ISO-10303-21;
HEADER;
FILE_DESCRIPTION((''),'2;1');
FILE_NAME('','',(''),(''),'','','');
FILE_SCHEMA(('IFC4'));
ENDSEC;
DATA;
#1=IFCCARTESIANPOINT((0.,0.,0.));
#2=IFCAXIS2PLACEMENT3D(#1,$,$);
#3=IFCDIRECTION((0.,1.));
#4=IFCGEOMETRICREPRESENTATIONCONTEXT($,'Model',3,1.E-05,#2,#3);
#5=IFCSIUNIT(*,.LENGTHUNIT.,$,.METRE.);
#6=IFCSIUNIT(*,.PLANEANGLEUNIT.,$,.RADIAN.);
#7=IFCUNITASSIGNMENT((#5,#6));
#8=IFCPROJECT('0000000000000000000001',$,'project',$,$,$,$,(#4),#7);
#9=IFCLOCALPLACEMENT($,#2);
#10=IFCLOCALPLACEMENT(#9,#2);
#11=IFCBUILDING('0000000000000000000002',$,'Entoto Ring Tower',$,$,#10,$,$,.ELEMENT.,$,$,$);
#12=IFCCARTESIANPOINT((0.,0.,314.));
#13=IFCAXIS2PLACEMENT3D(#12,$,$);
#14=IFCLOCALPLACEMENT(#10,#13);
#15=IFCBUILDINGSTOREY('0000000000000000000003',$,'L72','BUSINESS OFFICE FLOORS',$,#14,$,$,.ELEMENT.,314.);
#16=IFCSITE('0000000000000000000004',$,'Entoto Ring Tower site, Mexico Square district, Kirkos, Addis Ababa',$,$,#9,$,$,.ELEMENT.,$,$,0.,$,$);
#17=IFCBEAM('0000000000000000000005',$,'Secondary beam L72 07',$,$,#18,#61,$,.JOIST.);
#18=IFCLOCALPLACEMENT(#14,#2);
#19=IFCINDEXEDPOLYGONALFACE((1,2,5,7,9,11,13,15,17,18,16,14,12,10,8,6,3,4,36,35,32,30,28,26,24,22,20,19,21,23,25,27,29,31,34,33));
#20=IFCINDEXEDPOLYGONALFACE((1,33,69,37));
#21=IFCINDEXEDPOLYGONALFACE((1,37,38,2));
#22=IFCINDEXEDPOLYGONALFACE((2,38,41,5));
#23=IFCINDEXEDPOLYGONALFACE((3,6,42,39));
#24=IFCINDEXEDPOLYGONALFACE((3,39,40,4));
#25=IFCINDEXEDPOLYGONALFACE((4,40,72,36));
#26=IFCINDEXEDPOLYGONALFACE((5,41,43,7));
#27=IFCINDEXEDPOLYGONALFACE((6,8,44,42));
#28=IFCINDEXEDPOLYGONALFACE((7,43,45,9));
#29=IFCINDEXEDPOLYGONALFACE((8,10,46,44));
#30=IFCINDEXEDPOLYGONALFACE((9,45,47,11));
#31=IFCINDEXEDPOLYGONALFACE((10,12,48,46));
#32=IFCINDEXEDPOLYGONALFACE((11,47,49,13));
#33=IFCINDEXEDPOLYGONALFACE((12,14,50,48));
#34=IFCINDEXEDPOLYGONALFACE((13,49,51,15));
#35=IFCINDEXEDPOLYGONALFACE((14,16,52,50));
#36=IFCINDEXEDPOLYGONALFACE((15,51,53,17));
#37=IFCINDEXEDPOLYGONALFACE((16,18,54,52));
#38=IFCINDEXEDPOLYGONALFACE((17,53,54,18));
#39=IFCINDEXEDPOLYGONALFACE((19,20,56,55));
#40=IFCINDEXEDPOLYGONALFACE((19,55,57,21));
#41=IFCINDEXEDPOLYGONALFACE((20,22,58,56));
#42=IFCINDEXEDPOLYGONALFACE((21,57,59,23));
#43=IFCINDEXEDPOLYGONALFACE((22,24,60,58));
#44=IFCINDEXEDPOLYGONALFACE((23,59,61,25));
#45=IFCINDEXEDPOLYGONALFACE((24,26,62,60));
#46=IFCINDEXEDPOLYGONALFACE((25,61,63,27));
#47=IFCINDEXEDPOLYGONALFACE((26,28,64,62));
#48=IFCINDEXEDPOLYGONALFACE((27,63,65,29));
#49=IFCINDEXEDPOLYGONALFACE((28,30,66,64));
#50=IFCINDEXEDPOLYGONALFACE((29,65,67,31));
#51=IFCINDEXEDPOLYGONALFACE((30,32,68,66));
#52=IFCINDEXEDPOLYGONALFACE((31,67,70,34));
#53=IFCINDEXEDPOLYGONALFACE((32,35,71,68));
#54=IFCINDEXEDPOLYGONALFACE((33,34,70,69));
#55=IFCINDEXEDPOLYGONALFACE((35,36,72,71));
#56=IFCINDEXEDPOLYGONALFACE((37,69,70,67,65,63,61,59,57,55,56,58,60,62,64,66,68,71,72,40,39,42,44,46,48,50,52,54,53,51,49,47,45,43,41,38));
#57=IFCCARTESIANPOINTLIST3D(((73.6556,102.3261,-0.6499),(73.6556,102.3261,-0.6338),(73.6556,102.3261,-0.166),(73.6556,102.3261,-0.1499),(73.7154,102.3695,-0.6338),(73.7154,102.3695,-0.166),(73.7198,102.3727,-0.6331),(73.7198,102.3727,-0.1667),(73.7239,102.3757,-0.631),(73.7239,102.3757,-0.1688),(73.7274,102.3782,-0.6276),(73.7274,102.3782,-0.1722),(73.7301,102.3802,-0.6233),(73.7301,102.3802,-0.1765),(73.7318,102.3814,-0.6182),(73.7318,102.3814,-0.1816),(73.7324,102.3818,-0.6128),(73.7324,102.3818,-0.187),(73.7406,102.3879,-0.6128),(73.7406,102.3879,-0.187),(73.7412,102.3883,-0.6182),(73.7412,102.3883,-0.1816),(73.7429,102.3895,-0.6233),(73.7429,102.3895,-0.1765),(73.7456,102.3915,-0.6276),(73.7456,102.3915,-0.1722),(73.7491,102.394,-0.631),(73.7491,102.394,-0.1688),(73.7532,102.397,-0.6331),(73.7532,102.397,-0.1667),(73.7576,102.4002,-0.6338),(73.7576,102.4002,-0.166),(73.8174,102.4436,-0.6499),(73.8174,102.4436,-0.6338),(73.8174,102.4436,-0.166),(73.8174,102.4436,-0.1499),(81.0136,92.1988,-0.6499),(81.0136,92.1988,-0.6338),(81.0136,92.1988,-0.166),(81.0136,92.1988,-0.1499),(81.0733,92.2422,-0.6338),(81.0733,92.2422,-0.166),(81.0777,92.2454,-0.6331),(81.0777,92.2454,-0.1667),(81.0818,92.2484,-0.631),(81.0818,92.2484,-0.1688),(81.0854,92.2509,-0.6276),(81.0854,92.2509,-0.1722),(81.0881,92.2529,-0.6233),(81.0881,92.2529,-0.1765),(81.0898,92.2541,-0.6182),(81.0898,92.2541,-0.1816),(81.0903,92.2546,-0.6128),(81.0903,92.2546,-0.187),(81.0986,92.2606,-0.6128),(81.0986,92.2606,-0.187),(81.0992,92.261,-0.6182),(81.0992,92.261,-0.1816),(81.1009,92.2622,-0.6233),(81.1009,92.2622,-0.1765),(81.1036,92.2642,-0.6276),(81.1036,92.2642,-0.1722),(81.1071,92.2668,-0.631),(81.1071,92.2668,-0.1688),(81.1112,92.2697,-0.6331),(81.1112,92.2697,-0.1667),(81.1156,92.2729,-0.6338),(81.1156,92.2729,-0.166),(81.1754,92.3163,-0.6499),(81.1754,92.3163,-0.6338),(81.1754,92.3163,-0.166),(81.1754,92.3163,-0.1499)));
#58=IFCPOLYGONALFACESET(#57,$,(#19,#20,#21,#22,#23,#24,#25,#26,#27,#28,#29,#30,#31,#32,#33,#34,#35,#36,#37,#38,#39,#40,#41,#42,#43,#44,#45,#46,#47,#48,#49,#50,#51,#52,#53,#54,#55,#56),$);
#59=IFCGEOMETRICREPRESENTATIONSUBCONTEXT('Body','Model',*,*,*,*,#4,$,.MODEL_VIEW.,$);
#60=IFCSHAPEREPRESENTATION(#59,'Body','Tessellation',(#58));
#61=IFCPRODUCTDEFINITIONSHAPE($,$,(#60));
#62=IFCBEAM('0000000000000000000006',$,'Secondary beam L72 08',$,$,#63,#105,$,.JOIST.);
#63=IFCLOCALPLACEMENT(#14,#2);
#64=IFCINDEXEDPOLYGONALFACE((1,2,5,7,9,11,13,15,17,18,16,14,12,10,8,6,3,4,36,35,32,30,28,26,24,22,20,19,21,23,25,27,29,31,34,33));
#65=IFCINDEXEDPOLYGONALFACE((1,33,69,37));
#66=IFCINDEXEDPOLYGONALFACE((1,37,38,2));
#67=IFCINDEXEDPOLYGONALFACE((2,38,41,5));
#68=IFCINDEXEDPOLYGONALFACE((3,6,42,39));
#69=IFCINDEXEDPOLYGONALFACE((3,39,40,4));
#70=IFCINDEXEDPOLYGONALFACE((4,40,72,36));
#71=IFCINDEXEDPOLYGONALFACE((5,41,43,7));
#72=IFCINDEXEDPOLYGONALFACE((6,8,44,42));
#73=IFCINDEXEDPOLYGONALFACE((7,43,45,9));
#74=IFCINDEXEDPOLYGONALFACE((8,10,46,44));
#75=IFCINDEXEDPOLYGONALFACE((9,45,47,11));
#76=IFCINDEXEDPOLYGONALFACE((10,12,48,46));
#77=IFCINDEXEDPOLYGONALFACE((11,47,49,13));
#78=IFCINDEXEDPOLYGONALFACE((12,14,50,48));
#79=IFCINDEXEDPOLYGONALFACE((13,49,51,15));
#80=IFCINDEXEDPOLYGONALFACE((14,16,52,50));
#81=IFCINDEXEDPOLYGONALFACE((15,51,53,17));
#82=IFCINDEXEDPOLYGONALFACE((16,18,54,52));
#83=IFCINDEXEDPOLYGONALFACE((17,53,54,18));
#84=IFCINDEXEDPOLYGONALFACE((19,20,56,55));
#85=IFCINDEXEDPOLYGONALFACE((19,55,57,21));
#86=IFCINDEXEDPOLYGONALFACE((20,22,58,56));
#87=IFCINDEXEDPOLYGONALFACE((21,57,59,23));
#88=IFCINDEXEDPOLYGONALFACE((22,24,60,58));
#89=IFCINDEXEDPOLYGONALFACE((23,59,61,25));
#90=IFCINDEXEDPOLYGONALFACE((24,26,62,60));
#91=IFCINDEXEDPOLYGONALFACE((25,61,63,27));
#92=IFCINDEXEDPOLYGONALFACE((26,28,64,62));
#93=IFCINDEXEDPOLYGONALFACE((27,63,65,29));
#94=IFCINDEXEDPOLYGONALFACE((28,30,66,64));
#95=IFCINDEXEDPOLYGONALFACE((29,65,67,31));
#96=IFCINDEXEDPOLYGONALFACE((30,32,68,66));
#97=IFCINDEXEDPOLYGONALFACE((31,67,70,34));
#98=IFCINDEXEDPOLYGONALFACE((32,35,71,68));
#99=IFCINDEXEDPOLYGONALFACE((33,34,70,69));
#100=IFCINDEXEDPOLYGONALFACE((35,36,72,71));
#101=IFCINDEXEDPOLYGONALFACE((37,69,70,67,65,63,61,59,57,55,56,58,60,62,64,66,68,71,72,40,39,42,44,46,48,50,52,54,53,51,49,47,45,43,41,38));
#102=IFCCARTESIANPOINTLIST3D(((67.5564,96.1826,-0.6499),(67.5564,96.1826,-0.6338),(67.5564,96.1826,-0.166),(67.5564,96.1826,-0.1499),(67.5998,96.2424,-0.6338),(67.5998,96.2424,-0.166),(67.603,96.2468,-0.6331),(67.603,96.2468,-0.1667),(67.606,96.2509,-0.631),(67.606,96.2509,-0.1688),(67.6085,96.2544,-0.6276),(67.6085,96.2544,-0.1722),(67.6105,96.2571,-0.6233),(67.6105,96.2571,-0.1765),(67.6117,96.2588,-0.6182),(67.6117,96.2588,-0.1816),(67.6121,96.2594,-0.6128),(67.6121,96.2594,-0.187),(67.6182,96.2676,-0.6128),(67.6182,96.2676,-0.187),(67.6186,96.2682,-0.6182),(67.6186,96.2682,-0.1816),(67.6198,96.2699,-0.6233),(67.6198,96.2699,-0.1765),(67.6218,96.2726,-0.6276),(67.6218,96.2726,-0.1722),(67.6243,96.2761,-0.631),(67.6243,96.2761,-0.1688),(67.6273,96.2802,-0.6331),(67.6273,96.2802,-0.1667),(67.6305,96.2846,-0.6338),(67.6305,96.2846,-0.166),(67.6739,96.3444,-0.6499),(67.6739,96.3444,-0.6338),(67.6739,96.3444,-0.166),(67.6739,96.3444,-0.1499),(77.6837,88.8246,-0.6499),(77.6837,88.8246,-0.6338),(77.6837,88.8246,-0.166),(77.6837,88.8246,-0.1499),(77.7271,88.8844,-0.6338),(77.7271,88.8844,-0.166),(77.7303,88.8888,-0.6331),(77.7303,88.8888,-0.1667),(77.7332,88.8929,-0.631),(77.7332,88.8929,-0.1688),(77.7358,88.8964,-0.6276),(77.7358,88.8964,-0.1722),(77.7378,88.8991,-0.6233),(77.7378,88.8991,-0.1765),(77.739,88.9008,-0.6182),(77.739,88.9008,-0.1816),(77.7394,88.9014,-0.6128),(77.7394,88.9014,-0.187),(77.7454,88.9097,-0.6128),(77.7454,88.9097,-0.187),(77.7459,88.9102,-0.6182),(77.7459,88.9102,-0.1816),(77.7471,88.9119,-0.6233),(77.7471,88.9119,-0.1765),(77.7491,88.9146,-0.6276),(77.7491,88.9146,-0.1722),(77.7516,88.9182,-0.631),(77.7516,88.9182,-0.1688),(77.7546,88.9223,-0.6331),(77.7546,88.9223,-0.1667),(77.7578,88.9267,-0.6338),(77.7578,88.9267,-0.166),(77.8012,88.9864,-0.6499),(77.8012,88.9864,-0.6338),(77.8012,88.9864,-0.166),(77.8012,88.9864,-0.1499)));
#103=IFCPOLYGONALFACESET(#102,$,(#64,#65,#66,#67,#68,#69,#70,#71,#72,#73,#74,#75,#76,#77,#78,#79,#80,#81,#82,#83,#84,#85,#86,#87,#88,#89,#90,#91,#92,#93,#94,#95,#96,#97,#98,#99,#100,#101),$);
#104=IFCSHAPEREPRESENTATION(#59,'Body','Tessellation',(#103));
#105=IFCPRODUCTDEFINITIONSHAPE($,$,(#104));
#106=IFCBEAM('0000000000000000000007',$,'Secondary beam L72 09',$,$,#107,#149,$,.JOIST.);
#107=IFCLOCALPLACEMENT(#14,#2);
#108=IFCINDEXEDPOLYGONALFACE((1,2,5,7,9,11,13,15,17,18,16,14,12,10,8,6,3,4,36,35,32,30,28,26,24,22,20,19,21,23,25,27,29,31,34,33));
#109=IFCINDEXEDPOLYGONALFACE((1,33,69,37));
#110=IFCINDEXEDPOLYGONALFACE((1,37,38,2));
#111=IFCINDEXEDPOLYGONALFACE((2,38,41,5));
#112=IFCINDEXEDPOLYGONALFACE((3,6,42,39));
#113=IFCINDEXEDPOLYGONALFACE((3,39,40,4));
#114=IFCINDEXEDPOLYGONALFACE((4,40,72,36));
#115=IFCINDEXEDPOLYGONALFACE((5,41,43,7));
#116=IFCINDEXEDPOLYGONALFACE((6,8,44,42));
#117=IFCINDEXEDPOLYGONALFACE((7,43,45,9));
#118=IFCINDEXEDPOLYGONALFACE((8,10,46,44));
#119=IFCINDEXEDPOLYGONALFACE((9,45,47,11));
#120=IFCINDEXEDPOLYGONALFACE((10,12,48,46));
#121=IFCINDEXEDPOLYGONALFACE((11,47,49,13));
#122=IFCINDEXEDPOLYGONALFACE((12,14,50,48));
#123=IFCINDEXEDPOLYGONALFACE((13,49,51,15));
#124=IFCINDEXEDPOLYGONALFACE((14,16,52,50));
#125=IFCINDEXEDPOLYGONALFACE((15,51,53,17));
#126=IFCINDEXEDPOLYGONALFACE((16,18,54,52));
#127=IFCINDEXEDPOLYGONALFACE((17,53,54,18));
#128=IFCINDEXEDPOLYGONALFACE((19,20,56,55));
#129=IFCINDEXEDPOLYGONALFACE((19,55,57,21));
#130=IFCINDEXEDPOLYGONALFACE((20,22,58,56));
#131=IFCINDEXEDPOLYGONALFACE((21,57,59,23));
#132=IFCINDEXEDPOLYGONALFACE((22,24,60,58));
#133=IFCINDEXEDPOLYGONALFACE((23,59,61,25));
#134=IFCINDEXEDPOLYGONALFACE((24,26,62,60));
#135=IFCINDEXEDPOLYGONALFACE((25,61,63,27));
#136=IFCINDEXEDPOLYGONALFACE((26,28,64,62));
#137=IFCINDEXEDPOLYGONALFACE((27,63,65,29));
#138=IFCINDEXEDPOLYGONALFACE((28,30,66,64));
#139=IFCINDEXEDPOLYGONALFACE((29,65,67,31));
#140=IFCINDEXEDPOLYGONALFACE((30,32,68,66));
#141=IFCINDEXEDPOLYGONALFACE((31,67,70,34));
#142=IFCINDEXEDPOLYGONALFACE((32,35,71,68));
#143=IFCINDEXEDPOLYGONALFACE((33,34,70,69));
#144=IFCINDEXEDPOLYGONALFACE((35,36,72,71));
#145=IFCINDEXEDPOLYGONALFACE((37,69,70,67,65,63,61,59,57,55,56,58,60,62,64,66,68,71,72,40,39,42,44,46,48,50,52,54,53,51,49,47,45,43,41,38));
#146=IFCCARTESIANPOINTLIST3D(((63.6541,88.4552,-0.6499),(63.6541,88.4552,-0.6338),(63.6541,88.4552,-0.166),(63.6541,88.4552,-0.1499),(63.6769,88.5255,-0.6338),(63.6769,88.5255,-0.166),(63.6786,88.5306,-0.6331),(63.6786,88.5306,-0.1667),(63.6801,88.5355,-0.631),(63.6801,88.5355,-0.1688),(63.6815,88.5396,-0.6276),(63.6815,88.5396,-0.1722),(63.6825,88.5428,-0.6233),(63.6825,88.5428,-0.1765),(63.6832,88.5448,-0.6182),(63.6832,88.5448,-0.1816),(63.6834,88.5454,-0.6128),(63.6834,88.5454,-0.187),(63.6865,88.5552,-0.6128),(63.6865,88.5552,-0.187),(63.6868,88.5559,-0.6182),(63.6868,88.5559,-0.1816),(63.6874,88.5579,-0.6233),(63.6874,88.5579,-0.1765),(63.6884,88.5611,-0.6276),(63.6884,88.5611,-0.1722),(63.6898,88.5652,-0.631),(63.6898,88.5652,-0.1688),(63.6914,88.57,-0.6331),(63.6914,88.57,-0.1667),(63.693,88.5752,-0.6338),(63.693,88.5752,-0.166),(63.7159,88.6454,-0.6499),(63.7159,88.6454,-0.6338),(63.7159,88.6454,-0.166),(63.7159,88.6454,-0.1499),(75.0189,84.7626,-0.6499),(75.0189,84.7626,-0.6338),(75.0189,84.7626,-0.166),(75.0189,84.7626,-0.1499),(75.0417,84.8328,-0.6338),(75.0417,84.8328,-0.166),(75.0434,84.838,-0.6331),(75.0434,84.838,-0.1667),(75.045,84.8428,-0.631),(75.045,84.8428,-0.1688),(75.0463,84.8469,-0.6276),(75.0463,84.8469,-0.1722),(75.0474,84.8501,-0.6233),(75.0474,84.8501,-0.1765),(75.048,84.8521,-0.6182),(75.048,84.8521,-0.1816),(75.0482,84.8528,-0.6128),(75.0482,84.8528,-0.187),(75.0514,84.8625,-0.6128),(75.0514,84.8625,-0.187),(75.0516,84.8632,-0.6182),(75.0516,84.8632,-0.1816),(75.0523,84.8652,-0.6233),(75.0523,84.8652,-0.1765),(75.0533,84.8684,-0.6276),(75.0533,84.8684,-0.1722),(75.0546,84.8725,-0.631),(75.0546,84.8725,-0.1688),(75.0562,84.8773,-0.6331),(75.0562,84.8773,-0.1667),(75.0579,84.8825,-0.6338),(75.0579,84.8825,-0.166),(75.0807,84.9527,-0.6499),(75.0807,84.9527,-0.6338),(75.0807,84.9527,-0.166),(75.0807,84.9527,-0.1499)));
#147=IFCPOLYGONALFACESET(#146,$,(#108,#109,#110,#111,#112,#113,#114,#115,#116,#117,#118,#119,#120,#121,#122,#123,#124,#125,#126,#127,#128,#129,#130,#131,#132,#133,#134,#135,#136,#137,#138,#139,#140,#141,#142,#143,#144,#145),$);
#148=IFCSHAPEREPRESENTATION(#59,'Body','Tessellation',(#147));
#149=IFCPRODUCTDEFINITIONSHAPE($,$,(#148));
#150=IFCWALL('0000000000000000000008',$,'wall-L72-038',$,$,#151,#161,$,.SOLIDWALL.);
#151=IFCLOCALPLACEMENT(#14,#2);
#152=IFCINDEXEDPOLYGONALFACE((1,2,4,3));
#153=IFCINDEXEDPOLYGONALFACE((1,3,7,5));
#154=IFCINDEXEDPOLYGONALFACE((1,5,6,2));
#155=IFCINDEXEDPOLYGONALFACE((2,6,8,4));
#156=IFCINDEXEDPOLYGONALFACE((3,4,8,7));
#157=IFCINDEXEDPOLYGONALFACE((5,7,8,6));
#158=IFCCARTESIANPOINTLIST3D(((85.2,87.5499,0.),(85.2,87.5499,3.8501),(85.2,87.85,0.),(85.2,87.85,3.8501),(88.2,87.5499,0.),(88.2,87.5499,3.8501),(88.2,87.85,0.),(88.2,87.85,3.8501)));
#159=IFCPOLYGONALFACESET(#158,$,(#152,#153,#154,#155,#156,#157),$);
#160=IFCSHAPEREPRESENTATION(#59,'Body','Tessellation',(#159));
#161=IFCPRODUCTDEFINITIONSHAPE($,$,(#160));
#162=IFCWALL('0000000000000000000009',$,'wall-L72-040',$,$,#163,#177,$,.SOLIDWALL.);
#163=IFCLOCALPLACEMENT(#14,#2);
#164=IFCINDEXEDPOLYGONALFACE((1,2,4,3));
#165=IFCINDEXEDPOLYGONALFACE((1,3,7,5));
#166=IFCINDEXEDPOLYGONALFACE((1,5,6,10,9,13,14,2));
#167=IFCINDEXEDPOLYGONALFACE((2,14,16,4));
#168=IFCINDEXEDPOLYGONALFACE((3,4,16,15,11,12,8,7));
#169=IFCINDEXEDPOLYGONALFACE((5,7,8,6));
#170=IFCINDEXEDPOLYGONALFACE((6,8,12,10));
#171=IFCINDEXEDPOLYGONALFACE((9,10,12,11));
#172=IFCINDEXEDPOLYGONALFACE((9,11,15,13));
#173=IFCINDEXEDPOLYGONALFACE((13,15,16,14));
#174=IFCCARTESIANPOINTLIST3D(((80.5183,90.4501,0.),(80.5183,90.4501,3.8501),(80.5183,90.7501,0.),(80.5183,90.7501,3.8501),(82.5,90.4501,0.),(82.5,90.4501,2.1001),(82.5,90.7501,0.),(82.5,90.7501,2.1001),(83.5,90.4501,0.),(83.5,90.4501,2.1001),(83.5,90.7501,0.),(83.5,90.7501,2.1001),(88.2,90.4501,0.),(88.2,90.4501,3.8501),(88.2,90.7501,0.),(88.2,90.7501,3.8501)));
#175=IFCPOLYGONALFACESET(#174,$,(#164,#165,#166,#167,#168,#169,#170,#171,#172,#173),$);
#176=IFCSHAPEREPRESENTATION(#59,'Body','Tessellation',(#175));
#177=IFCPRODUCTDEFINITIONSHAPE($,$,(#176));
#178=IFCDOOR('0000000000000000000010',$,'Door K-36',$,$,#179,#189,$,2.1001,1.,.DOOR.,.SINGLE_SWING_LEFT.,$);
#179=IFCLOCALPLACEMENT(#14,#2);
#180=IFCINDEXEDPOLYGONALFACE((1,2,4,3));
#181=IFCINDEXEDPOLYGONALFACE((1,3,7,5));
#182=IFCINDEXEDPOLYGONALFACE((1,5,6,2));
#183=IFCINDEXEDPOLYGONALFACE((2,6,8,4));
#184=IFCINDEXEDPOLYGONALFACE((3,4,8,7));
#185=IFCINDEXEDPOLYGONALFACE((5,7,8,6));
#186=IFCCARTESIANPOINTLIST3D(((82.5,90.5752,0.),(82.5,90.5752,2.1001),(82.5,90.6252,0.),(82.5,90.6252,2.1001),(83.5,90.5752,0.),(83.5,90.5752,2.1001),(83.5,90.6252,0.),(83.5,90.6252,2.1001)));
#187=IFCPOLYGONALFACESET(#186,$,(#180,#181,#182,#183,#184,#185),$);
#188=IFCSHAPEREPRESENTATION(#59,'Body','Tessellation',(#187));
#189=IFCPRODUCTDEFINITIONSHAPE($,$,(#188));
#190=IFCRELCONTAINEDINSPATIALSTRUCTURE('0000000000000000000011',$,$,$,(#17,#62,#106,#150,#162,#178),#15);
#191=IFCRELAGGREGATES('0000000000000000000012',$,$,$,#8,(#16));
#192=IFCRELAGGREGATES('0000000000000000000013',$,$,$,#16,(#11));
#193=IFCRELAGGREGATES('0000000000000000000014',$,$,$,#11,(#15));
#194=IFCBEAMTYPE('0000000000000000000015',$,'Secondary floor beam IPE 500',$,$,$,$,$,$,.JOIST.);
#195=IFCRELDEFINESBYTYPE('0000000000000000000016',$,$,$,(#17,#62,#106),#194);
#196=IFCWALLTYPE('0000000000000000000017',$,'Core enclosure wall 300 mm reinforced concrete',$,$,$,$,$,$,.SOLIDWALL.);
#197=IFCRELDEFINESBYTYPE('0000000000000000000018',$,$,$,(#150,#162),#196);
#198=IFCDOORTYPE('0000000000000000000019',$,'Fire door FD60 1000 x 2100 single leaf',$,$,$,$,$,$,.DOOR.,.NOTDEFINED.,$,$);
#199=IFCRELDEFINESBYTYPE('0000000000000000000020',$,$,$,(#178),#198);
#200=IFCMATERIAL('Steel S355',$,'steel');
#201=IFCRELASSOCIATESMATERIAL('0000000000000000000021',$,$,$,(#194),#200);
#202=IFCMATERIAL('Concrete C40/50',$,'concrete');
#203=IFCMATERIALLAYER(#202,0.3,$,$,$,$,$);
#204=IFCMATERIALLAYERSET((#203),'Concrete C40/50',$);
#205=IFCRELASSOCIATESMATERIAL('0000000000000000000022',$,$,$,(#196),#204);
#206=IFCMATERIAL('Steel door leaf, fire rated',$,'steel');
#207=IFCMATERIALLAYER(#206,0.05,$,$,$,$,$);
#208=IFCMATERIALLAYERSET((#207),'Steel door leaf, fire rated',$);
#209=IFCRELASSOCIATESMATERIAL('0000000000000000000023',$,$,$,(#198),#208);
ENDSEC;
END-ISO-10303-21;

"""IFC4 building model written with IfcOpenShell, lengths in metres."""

from ifc_helpers import new_model, si_unit, direction, frame, frame_2d, origin, origin_2d, place, context, subcontext, project, spatial, rectangle, i_section, extrude, material, layer, layer_set, material_profile, profile_set, type_object, element, fill, save


model = new_model("IFC4")

# Units and contexts
model_context = context("Model", 3, precision=1e-05, world=origin(), true_north=direction((0.0, 1.0)))
body_context = subcontext(model_context, "Body", "Model", "MODEL_VIEW")
ifc_project = project(units=[si_unit("LENGTHUNIT", "METRE"), si_unit("PLANEANGLEUNIT", "RADIAN")], contexts=[model_context])

# Site, building, storey
site_placement = place(None, origin())
site = spatial("IfcSite", under=ifc_project, at=site_placement, Name="Entoto Ring Tower site, Mexico Square district, Kirkos, Addis Ababa", CompositionType="ELEMENT", RefElevation=0.0)
building_placement = place(site_placement, origin())
building = spatial("IfcBuilding", under=site, at=building_placement, Name="Entoto Ring Tower", CompositionType="ELEMENT")
storey_placement = place(building_placement, frame((0.0, 0.0, 314.0)))
storey = spatial("IfcBuildingStorey", under=building, at=storey_placement, Name="L72", Description="BUSINESS OFFICE FLOORS", CompositionType="ELEMENT", Elevation=314.0)

# Beams
ifc_material_1 = material(Name="Steel S355", Category="steel")
ifc_material_profile_1 = material_profile(ifc_material_1, i_section(OverallWidth=0.2, OverallDepth=0.5, WebThickness=0.0103, FlangeThickness=0.0161, FilletRadius=0.021, at=origin_2d()), Name="IPE 500")
ifc_profile_set_1 = profile_set([ifc_material_profile_1], Name="Steel S355")
beam_type_1 = type_object("IfcBeamType", Name="Secondary floor beam IPE 500", PredefinedType="JOIST", material=ifc_profile_set_1)
for number, where, z_axis, x_axis, name in (
    (1, (81.0945, 92.2576, -0.3999), (-0.587789, 0.809014, 0.0), (-0.809014, -0.587789, 0.0), "Secondary beam L72 07"),
    (2, (77.7424, 88.9055, -0.3999), (-0.809014, 0.587789, 0.0), (-0.587789, -0.809014, 0.0), "Secondary beam L72 08"),
):
    element("IfcBeam", number, at=place(storey_placement, frame(where, z_axis=z_axis, x_axis=x_axis)), inside=storey, type_object=beam_type_1, Name=name, PredefinedType="JOIST", context=body_context, shape_type="SweptSolid", body=[
        extrude(i_section(OverallWidth=0.2, OverallDepth=0.5, WebThickness=0.0103, FlangeThickness=0.0161, FilletRadius=0.021, at=origin_2d()), origin(), (0.0, 0.0, 1.0), 12.5181),
    ])
beam_1_placement = place(storey_placement, frame((75.0498, 84.8577, -0.3999), z_axis=(-0.951057, 0.309017, 0.0), x_axis=(-0.309017, -0.951057, 0.0)))
element("IfcBeam", 3, at=beam_1_placement, inside=storey, type_object=beam_type_1, Name="Secondary beam L72 09", PredefinedType="JOIST", context=body_context, shape_type="SweptSolid", body=[
    extrude(i_section(OverallWidth=0.2, OverallDepth=0.5, WebThickness=0.0103, FlangeThickness=0.0161, FilletRadius=0.021, at=origin_2d()), origin(), (0.0, 0.0, 1.0), 11.9497),
])

# Wall
ifc_material_2 = material(Name="Concrete C40/50", Category="concrete")
ifc_layer_1 = layer(ifc_material_2, 0.3)
ifc_layer_set_1 = layer_set([ifc_layer_1], Name="Concrete C40/50")
wall_type_1 = type_object("IfcWallType", Name="Core enclosure wall 300 mm reinforced concrete", PredefinedType="SOLIDWALL", material=ifc_layer_set_1)
wall_1_placement = place(storey_placement, frame((85.2, 87.7, 0.0), z_axis=(0.0, 0.0, 1.0), x_axis=(1.0, 0.0, 0.0)))
element("IfcWall", 4, at=wall_1_placement, inside=storey, type_object=wall_type_1, Name="wall-L72-038", PredefinedType="SOLIDWALL", context=body_context, shape_type="SweptSolid", body=[
    extrude(rectangle(XDim=3.0, YDim=0.3, at=frame_2d((1.5, 0.0))), origin(), (0.0, 0.0, 1.0), 3.8501),
])

# Wall, opening, door
wall_2_placement = place(storey_placement, frame((80.5183, 90.6001, 0.0), z_axis=(0.0, 0.0, 1.0), x_axis=(1.0, 0.0, 0.0)))
wall_2 = element("IfcWall", 5, at=wall_2_placement, inside=storey, type_object=wall_type_1, Name="wall-L72-040", PredefinedType="SOLIDWALL", context=body_context, shape_type="SweptSolid", body=[
    extrude(rectangle(XDim=7.6816, YDim=0.3, at=frame_2d((3.8408, 0.0))), origin(), (0.0, 0.0, 1.0), 3.8501),
])
opening_1_placement = place(wall_2_placement, frame((1.9817, 0.0, 0.0)))
opening_1 = element("IfcOpeningElement", 6, at=opening_1_placement, cuts=wall_2, PredefinedType="OPENING", context=body_context, shape_type="SweptSolid", body=[
    extrude(rectangle(XDim=1.0, YDim=2.1001, at=frame_2d((0.5, 1.05))), frame((0.0, 0.1602, 0.0), z_axis=(0.0, -1.0, 0.0), x_axis=(1.0, 0.0, 0.0)), (0.0, 0.0, 1.0), 0.3201),
])
ifc_material_3 = material(Name="Steel door leaf, fire rated", Category="steel")
ifc_layer_2 = layer(ifc_material_3, 0.05)
ifc_layer_set_2 = layer_set([ifc_layer_2], Name="Steel door leaf, fire rated")
door_type_1 = type_object("IfcDoorType", Name="Fire door FD60 1000 x 2100 single leaf", OperationType="NOTDEFINED", PredefinedType="DOOR", material=ifc_layer_set_2)
door_1_placement = place(opening_1_placement, frame((1.0, 0.0, 0.0), z_axis=(0.0, 0.0, 1.0), x_axis=(-1.0, 0.0, 0.0)))
door_1 = element("IfcDoor", 7, at=door_1_placement, inside=storey, type_object=door_type_1, Name="Door K-36", OperationType="SINGLE_SWING_LEFT", OverallHeight=2.1001, OverallWidth=1.0, PredefinedType="DOOR", context=body_context, shape_type="SweptSolid", body=[
    extrude(rectangle(XDim=1.0, YDim=2.1001, at=frame_2d((0.5, 1.05))), frame((0.0, 0.0249, 0.0), z_axis=(0.0, -1.0, 0.0), x_axis=(1.0, 0.0, 0.0)), (0.0, 0.0, 1.0), 0.05),
])
fill(opening_1, door_1)

save(model, "model.ifc")
